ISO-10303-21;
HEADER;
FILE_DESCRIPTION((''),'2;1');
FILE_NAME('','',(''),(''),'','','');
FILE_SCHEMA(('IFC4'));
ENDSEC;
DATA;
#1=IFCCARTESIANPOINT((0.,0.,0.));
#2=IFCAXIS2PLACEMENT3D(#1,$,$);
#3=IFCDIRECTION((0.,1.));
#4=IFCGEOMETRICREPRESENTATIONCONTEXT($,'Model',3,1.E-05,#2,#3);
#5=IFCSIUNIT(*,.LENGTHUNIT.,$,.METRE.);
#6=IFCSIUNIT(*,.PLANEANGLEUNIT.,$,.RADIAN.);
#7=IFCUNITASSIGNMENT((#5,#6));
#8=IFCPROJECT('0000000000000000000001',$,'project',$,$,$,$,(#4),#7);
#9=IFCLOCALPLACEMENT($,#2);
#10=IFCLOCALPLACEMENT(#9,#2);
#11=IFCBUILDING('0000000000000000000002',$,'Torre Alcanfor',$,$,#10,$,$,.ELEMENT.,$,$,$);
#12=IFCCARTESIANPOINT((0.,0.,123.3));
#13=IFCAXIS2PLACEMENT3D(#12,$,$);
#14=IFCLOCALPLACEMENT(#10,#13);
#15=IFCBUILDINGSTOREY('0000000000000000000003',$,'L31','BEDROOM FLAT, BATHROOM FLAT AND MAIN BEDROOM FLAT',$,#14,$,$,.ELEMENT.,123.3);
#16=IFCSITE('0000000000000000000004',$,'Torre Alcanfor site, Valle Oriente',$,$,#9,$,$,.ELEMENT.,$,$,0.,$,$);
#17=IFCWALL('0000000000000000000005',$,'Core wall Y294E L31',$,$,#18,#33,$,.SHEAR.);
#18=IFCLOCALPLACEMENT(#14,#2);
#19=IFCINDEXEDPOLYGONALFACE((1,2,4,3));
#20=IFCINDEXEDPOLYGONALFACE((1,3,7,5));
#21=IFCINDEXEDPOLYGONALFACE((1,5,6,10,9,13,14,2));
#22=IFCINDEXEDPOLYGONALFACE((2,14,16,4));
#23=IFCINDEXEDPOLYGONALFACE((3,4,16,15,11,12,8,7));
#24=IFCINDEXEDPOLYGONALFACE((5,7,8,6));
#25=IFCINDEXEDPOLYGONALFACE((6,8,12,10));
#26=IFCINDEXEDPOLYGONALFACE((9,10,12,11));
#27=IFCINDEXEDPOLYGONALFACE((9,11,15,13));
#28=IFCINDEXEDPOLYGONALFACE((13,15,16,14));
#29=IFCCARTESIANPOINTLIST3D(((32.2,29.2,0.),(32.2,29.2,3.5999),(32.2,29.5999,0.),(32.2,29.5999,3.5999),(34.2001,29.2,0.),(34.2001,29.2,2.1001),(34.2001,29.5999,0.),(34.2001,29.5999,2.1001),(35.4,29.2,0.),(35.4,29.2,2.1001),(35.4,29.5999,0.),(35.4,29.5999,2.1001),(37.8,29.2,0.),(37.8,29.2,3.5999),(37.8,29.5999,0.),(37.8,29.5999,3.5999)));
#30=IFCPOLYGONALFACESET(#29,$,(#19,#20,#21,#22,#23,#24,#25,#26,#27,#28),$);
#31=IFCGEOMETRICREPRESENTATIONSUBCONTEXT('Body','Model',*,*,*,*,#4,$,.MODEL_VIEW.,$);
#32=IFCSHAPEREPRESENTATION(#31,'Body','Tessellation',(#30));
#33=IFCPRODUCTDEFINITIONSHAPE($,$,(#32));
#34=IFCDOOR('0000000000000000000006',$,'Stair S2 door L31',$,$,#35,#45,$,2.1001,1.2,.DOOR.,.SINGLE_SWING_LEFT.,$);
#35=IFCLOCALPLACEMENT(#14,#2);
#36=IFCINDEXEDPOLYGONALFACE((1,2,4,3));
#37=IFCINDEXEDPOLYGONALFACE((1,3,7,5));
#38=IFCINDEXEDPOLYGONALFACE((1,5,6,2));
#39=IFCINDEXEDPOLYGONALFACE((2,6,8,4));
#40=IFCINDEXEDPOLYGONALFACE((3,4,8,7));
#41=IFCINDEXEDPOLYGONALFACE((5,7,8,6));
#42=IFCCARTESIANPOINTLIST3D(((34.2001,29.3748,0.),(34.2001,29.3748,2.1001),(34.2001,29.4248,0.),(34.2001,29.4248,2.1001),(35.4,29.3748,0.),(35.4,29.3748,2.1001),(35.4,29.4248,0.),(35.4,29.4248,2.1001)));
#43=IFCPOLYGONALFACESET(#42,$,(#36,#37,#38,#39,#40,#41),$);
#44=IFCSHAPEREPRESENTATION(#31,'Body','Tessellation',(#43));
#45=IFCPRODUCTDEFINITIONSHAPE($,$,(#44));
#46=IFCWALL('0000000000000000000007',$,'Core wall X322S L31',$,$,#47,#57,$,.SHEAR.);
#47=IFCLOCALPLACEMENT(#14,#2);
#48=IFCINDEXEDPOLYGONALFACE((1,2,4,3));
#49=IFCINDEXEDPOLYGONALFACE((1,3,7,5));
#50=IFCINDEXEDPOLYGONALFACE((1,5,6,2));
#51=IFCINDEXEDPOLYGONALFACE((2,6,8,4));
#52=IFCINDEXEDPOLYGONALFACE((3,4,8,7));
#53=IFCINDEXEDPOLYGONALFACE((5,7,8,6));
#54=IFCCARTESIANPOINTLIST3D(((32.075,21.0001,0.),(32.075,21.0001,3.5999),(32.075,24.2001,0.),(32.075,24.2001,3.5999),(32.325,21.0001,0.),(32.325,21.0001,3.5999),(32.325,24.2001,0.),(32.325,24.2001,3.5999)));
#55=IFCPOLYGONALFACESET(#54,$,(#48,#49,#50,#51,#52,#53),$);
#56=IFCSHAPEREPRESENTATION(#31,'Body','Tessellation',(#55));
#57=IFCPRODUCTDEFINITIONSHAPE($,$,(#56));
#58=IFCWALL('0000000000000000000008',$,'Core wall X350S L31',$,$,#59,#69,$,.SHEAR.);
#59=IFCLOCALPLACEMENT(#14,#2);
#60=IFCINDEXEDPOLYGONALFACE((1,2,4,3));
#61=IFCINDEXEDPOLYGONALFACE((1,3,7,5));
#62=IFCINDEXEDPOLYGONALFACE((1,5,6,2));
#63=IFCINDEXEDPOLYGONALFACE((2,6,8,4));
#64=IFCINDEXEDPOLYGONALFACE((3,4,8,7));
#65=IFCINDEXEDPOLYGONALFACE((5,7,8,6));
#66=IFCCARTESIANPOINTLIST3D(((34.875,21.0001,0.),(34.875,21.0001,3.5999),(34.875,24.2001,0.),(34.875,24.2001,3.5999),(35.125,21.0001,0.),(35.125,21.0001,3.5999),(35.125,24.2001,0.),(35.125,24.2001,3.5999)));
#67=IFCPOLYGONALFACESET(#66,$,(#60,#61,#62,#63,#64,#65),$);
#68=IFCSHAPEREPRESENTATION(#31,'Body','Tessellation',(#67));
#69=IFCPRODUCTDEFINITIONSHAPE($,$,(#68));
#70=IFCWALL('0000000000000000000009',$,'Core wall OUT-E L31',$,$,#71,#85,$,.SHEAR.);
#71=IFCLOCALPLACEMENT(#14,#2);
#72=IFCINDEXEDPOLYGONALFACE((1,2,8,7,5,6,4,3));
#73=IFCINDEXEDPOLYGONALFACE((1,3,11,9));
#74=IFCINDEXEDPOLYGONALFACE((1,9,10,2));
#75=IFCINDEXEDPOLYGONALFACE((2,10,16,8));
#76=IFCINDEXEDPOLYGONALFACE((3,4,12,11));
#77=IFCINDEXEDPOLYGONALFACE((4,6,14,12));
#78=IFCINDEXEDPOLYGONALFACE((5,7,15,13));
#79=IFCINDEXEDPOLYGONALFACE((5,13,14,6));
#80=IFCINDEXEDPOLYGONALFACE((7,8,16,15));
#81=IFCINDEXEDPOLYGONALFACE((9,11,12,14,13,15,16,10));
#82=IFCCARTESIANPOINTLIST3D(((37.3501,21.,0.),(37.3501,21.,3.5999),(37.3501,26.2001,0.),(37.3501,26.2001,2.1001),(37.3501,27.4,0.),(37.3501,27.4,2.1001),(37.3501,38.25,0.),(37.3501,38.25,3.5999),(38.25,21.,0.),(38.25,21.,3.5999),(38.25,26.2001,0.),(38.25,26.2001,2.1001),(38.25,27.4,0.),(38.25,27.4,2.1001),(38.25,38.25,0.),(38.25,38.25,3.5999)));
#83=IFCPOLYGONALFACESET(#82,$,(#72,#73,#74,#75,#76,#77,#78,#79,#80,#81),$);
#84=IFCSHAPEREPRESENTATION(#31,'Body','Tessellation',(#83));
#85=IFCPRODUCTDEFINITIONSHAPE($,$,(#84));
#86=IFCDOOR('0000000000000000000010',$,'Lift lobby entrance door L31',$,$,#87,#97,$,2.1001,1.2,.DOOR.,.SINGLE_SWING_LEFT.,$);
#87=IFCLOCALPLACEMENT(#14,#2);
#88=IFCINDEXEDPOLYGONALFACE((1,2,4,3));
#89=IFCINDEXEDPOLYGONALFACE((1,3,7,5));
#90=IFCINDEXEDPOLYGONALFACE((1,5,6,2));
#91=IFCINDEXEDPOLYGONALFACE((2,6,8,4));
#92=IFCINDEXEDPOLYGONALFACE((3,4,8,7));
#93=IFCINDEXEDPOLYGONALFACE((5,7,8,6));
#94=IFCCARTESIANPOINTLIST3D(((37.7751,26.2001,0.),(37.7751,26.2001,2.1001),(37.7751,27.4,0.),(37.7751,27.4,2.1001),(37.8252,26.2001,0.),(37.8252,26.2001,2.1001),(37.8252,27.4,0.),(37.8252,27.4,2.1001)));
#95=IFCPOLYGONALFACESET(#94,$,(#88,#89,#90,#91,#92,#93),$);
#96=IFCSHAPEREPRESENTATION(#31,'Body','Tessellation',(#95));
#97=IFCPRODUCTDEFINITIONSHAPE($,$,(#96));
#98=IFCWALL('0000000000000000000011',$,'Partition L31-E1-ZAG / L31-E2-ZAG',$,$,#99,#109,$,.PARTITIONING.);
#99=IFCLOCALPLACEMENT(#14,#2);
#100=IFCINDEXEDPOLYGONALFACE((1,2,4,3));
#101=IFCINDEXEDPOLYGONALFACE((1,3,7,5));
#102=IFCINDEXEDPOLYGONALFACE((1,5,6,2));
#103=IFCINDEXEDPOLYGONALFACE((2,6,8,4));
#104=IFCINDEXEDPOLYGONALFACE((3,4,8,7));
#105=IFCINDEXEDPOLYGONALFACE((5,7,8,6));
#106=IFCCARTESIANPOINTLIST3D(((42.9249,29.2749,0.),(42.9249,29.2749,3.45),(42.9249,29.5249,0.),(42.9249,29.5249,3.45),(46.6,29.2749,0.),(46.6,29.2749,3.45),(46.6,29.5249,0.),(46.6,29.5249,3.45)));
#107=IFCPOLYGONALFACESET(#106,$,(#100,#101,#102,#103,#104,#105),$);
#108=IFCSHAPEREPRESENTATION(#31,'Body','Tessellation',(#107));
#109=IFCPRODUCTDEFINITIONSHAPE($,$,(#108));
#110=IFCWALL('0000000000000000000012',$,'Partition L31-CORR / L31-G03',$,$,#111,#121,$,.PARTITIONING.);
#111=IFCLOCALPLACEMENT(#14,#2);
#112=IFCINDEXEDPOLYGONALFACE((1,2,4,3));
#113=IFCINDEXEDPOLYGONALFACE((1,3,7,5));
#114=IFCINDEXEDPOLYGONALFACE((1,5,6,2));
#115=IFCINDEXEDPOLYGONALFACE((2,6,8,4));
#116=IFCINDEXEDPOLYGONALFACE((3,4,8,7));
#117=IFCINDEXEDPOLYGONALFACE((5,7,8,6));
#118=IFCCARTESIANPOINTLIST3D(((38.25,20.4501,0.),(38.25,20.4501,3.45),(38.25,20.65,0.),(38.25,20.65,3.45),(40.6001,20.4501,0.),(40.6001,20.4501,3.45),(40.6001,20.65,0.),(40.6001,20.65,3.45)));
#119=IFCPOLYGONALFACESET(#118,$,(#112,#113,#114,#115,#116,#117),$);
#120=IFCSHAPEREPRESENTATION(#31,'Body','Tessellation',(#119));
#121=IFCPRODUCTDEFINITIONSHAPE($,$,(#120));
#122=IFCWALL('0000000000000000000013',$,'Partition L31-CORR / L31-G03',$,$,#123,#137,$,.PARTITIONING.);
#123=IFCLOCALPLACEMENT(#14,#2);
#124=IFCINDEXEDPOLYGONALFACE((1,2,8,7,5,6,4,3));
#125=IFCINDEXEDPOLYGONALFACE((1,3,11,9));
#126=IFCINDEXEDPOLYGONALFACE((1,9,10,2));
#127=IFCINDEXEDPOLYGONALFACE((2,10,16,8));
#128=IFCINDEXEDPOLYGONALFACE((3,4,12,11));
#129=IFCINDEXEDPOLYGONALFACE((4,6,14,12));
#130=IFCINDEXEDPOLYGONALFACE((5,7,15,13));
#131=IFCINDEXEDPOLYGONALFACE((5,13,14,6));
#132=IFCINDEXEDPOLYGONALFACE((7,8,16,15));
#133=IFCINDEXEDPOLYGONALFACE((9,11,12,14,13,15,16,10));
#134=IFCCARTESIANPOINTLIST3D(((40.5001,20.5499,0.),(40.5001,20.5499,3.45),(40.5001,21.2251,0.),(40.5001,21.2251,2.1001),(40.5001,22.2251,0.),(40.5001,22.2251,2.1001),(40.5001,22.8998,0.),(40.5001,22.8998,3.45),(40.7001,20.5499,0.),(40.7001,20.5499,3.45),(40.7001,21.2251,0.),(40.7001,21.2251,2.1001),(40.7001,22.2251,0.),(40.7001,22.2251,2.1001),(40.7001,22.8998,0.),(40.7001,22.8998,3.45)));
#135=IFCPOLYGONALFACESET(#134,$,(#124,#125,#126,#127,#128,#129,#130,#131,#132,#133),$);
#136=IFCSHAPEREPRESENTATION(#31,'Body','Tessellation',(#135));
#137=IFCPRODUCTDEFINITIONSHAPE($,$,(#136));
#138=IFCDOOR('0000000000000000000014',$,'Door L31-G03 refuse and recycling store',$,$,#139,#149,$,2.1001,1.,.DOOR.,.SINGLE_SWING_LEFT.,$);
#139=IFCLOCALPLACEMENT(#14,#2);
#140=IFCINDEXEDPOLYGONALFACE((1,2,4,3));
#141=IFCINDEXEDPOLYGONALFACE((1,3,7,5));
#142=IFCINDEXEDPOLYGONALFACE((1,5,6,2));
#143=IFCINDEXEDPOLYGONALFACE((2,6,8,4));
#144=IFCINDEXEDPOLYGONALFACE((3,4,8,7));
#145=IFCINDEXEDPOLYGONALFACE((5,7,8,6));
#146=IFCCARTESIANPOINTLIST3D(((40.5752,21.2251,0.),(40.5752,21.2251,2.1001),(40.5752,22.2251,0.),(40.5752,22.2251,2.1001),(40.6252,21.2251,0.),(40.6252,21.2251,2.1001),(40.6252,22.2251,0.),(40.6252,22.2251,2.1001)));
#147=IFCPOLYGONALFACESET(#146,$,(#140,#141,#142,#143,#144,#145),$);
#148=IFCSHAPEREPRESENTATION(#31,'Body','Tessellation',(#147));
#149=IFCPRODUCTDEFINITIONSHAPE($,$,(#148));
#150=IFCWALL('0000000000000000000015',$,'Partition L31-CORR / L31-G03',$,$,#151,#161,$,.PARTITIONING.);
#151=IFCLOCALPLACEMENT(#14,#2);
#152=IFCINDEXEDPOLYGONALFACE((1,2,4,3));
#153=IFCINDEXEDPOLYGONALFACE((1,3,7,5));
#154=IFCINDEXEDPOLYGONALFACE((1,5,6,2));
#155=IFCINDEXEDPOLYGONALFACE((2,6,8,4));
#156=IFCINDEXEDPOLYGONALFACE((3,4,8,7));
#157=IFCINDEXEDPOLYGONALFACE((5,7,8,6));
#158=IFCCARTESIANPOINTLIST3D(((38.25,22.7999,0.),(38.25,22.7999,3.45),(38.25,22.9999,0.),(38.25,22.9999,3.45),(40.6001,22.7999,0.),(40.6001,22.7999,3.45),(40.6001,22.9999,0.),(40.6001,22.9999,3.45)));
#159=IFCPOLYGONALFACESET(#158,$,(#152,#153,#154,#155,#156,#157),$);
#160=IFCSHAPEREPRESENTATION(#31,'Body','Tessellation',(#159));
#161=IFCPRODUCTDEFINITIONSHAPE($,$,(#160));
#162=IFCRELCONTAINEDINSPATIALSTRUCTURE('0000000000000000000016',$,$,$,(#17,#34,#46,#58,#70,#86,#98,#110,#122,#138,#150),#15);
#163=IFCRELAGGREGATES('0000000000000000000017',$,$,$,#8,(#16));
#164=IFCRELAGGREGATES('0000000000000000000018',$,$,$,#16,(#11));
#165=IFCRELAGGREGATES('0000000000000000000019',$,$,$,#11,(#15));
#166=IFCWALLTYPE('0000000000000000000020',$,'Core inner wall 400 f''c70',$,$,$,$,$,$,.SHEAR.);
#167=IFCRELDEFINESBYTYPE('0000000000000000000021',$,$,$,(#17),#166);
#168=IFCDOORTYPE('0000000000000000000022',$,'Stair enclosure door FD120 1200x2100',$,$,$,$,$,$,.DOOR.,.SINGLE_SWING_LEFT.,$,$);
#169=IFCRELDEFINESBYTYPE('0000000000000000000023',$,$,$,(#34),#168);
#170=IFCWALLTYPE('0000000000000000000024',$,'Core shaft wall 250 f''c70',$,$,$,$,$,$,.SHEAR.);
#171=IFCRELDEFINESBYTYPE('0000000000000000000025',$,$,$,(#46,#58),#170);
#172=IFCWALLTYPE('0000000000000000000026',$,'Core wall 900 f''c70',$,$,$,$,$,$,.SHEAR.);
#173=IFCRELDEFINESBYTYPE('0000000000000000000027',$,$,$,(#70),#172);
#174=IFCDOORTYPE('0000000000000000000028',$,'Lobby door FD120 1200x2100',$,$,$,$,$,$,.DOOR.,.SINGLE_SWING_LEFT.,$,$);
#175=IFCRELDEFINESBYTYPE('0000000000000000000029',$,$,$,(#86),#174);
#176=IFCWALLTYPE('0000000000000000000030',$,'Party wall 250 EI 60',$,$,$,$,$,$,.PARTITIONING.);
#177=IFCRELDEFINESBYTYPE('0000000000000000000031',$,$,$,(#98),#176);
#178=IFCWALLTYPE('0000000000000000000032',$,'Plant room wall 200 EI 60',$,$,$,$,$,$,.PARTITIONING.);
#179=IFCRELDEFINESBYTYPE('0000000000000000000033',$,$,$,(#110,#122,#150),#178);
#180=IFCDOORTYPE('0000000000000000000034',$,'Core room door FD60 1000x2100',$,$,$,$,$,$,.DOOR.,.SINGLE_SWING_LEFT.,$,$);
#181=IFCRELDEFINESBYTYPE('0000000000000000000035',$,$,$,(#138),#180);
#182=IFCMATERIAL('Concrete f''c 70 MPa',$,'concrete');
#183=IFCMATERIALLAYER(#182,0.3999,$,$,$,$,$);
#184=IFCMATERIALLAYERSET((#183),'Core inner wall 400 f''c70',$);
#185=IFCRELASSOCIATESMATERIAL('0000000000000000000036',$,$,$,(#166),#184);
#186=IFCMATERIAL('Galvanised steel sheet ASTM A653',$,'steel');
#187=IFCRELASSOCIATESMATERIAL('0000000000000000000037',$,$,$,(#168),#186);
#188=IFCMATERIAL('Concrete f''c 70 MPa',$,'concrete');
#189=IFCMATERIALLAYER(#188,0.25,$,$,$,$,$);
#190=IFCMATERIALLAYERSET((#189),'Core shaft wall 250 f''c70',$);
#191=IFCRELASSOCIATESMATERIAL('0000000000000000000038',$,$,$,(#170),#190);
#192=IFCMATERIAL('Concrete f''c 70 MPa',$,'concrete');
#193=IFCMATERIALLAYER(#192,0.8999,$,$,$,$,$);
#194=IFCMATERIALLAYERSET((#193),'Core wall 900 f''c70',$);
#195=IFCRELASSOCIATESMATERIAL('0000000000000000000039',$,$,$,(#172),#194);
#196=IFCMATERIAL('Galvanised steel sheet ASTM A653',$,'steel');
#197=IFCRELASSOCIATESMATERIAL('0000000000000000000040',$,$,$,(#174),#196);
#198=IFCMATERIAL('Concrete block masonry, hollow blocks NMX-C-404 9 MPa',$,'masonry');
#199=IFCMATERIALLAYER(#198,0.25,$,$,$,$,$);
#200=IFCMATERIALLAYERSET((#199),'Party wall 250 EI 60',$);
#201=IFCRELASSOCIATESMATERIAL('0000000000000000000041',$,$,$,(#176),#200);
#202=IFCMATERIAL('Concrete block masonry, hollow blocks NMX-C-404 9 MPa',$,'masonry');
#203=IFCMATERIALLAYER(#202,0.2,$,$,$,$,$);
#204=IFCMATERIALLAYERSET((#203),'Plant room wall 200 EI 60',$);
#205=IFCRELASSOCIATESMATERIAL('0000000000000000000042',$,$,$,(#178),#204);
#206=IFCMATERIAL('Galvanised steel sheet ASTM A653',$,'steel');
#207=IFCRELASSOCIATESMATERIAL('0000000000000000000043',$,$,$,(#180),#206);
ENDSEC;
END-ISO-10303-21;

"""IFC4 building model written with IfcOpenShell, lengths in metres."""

from ifc_helpers import new_model, si_unit, direction, frame, frame_2d, origin, place, context, subcontext, project, spatial, rectangle, extrude, material, layer, layer_set, type_object, element, fill, save


model = new_model("IFC4")

# Units and contexts
model_context = context("Model", 3, precision=1e-05, world=origin(), true_north=direction((0.0, 1.0)))
body_context = subcontext(model_context, "Body", "Model", "MODEL_VIEW")
ifc_project = project(units=[si_unit("LENGTHUNIT", "METRE"), si_unit("PLANEANGLEUNIT", "RADIAN")], contexts=[model_context])

# Site, building, storey
site_placement = place(None, origin())
site = spatial("IfcSite", under=ifc_project, at=site_placement, Name="Torre Alcanfor site, Valle Oriente", CompositionType="ELEMENT", RefElevation=0.0)
building_placement = place(site_placement, origin())
building = spatial("IfcBuilding", under=site, at=building_placement, Name="Torre Alcanfor", CompositionType="ELEMENT")
storey_placement = place(building_placement, frame((0.0, 0.0, 123.3)))
storey = spatial("IfcBuildingStorey", under=building, at=storey_placement, Name="L31", Description="BEDROOM FLAT, BATHROOM FLAT AND MAIN BEDROOM FLAT", CompositionType="ELEMENT", Elevation=123.3)

# Shared definitions
ifc_material_1 = material(Name="Concrete f'c 70 MPa", Category="concrete")
ifc_layer_1 = layer(ifc_material_1, 0.3999)
ifc_layer_set_1 = layer_set([ifc_layer_1], Name="Core inner wall 400 f'c70")
wall_type_1 = type_object("IfcWallType", Name="Core inner wall 400 f'c70", PredefinedType="SHEAR", material=ifc_layer_set_1)

# Wall, opening, door
wall_1_placement = place(storey_placement, frame((32.2, 29.3999, 0.0), z_axis=(0.0, 0.0, 1.0), x_axis=(1.0, 0.0, 0.0)))
wall_1 = element("IfcWall", 1, at=wall_1_placement, inside=storey, type_object=wall_type_1, Name="Core wall Y294E L31", PredefinedType="SHEAR", context=body_context, shape_type="SweptSolid", body=[
    extrude(rectangle(XDim=5.6001, YDim=0.3999, at=frame_2d((2.8, 0.0))), origin(), (0.0, 0.0, 1.0), 3.5999),
])
opening_1_placement = place(wall_1_placement, frame((2.0, 0.0, 0.0)))
opening_1 = element("IfcOpeningElement", 2, at=opening_1_placement, cuts=wall_1, PredefinedType="OPENING", context=body_context, shape_type="SweptSolid", body=[
    extrude(rectangle(XDim=1.2, YDim=2.1001, at=frame_2d((0.6001, 1.05))), frame((0.0, 0.21, 0.0), z_axis=(0.0, -1.0, 0.0), x_axis=(1.0, 0.0, 0.0)), (0.0, 0.0, 1.0), 0.4199),
])
ifc_material_2 = material(Name="Galvanised steel sheet ASTM A653", Category="steel")
door_type_1 = type_object("IfcDoorType", Name="Stair enclosure door FD120 1200x2100", OperationType="SINGLE_SWING_LEFT", PredefinedType="DOOR", material=ifc_material_2)
door_1_placement = place(opening_1_placement, origin())
door_1 = element("IfcDoor", 3, at=door_1_placement, inside=storey, type_object=door_type_1, Name="Stair S2 door L31", OperationType="SINGLE_SWING_LEFT", OverallHeight=2.1001, OverallWidth=1.2, PredefinedType="DOOR", context=body_context, shape_type="SweptSolid", body=[
    extrude(rectangle(XDim=1.2, YDim=2.1001, at=frame_2d((0.6001, 1.05))), frame((0.0, 0.0249, 0.0), z_axis=(0.0, -1.0, 0.0), x_axis=(1.0, 0.0, 0.0)), (0.0, 0.0, 1.0), 0.05),
])
fill(opening_1, door_1)

# Walls
ifc_material_3 = material(Name="Concrete f'c 70 MPa", Category="concrete")
ifc_layer_2 = layer(ifc_material_3, 0.25)
ifc_layer_set_2 = layer_set([ifc_layer_2], Name="Core shaft wall 250 f'c70")
wall_type_2 = type_object("IfcWallType", Name="Core shaft wall 250 f'c70", PredefinedType="SHEAR", material=ifc_layer_set_2)
for number, where, z_axis, x_axis, name in (
    (4, (32.2, 21.0, 0.0), (0.0, 0.0, 1.0), (0.0, 1.0, 0.0), "Core wall X322S L31"),
    (5, (35.0, 21.0, 0.0), (0.0, 0.0, 1.0), (0.0, 1.0, 0.0), "Core wall X350S L31"),
):
    element("IfcWall", number, at=place(storey_placement, frame(where, z_axis=z_axis, x_axis=x_axis)), inside=storey, type_object=wall_type_2, Name=name, PredefinedType="SHEAR", context=body_context, shape_type="SweptSolid", body=[
        extrude(rectangle(XDim=3.2, YDim=0.25, at=frame_2d((1.6001, 0.0))), origin(), (0.0, 0.0, 1.0), 3.5999),
    ])

# Wall, opening, door
ifc_material_4 = material(Name="Concrete f'c 70 MPa", Category="concrete")
ifc_layer_3 = layer(ifc_material_4, 0.8999)
ifc_layer_set_3 = layer_set([ifc_layer_3], Name="Core wall 900 f'c70")
wall_type_3 = type_object("IfcWallType", Name="Core wall 900 f'c70", PredefinedType="SHEAR", material=ifc_layer_set_3)
wall_2_placement = place(storey_placement, frame((37.8, 21.0, 0.0), z_axis=(0.0, 0.0, 1.0), x_axis=(0.0, 1.0, 0.0)))
wall_2 = element("IfcWall", 6, at=wall_2_placement, inside=storey, type_object=wall_type_3, Name="Core wall OUT-E L31", PredefinedType="SHEAR", context=body_context, shape_type="SweptSolid", body=[
    extrude(rectangle(XDim=17.25, YDim=0.8999, at=frame_2d((8.625, 0.0))), origin(), (0.0, 0.0, 1.0), 3.5999),
])
opening_2_placement = place(wall_2_placement, frame((5.2, 0.0, 0.0)))
opening_2 = element("IfcOpeningElement", 7, at=opening_2_placement, cuts=wall_2, PredefinedType="OPENING", context=body_context, shape_type="SweptSolid", body=[
    extrude(rectangle(XDim=1.2, YDim=2.1001, at=frame_2d((0.6001, 1.05))), frame((0.0, 0.46, 0.0), z_axis=(0.0, -1.0, 0.0), x_axis=(1.0, 0.0, 0.0)), (0.0, 0.0, 1.0), 0.9199),
])
ifc_material_5 = material(Name="Galvanised steel sheet ASTM A653", Category="steel")
door_type_2 = type_object("IfcDoorType", Name="Lobby door FD120 1200x2100", OperationType="SINGLE_SWING_LEFT", PredefinedType="DOOR", material=ifc_material_5)
door_2_placement = place(opening_2_placement, origin())
door_2 = element("IfcDoor", 8, at=door_2_placement, inside=storey, type_object=door_type_2, Name="Lift lobby entrance door L31", OperationType="SINGLE_SWING_LEFT", OverallHeight=2.1001, OverallWidth=1.2, PredefinedType="DOOR", context=body_context, shape_type="SweptSolid", body=[
    extrude(rectangle(XDim=1.2, YDim=2.1001, at=frame_2d((0.6001, 1.05))), frame((0.0, 0.0249, 0.0), z_axis=(0.0, -1.0, 0.0), x_axis=(1.0, 0.0, 0.0)), (0.0, 0.0, 1.0), 0.05),
])
fill(opening_2, door_2)

# Walls
ifc_material_6 = material(Name="Concrete block masonry, hollow blocks NMX-C-404 9 MPa", Category="masonry")
ifc_layer_4 = layer(ifc_material_6, 0.25)
ifc_layer_set_4 = layer_set([ifc_layer_4], Name="Party wall 250 EI 60")
wall_type_4 = type_object("IfcWallType", Name="Party wall 250 EI 60", PredefinedType="PARTITIONING", material=ifc_layer_set_4)
wall_3_placement = place(storey_placement, frame((42.925, 29.3999, 0.0), z_axis=(0.0, 0.0, 1.0), x_axis=(1.0, 0.0, 0.0)))
element("IfcWall", 9, at=wall_3_placement, inside=storey, type_object=wall_type_4, Name="Partition L31-E1-ZAG / L31-E2-ZAG", PredefinedType="PARTITIONING", context=body_context, shape_type="SweptSolid", body=[
    extrude(rectangle(XDim=3.675, YDim=0.25, at=frame_2d((1.8374, 0.0))), origin(), (0.0, 0.0, 1.0), 3.45),
])
ifc_material_7 = material(Name="Concrete block masonry, hollow blocks NMX-C-404 9 MPa", Category="masonry")
ifc_layer_5 = layer(ifc_material_7, 0.2)
ifc_layer_set_5 = layer_set([ifc_layer_5], Name="Plant room wall 200 EI 60")
wall_type_5 = type_object("IfcWallType", Name="Plant room wall 200 EI 60", PredefinedType="PARTITIONING", material=ifc_layer_set_5)
wall_4_placement = place(storey_placement, frame((38.25, 20.55, 0.0), z_axis=(0.0, 0.0, 1.0), x_axis=(1.0, 0.0, 0.0)))
element("IfcWall", 10, at=wall_4_placement, inside=storey, type_object=wall_type_5, Name="Partition L31-CORR / L31-G03", PredefinedType="PARTITIONING", context=body_context, shape_type="SweptSolid", body=[
    extrude(rectangle(XDim=2.3501, YDim=0.2, at=frame_2d((1.175, 0.0))), origin(), (0.0, 0.0, 1.0), 3.45),
])

# Wall, opening, door
wall_5_placement = place(storey_placement, frame((40.6001, 20.55, 0.0), z_axis=(0.0, 0.0, 1.0), x_axis=(0.0, 1.0, 0.0)))
wall_5 = element("IfcWall", 11, at=wall_5_placement, inside=storey, type_object=wall_type_5, Name="Partition L31-CORR / L31-G03", PredefinedType="PARTITIONING", context=body_context, shape_type="SweptSolid", body=[
    extrude(rectangle(XDim=2.3499, YDim=0.2, at=frame_2d((1.1748, 0.0))), origin(), (0.0, 0.0, 1.0), 3.45),
])
opening_3_placement = place(wall_5_placement, frame((0.675, 0.0, 0.0)))
opening_3 = element("IfcOpeningElement", 12, at=opening_3_placement, cuts=wall_5, PredefinedType="OPENING", context=body_context, shape_type="SweptSolid", body=[
    extrude(rectangle(XDim=1.0, YDim=2.1001, at=frame_2d((0.5, 1.05))), frame((0.0, 0.1099, 0.0), z_axis=(0.0, -1.0, 0.0), x_axis=(1.0, 0.0, 0.0)), (0.0, 0.0, 1.0), 0.22),
])
ifc_material_8 = material(Name="Galvanised steel sheet ASTM A653", Category="steel")
door_type_3 = type_object("IfcDoorType", Name="Core room door FD60 1000x2100", OperationType="SINGLE_SWING_LEFT", PredefinedType="DOOR", material=ifc_material_8)
door_3_placement = place(opening_3_placement, origin())
door_3 = element("IfcDoor", 13, at=door_3_placement, inside=storey, type_object=door_type_3, Name="Door L31-G03 refuse and recycling store", OperationType="SINGLE_SWING_LEFT", OverallHeight=2.1001, OverallWidth=1.0, PredefinedType="DOOR", context=body_context, shape_type="SweptSolid", body=[
    extrude(rectangle(XDim=1.0, YDim=2.1001, at=frame_2d((0.5, 1.05))), frame((0.0, 0.0249, 0.0), z_axis=(0.0, -1.0, 0.0), x_axis=(1.0, 0.0, 0.0)), (0.0, 0.0, 1.0), 0.05),
])
fill(opening_3, door_3)

# Wall
wall_6_placement = place(storey_placement, frame((40.6001, 22.8999, 0.0), z_axis=(0.0, 0.0, 1.0), x_axis=(-1.0, 0.0, 0.0)))
element("IfcWall", 14, at=wall_6_placement, inside=storey, type_object=wall_type_5, Name="Partition L31-CORR / L31-G03", PredefinedType="PARTITIONING", context=body_context, shape_type="SweptSolid", body=[
    extrude(rectangle(XDim=2.3501, YDim=0.2, at=frame_2d((1.175, 0.0))), origin(), (0.0, 0.0, 1.0), 3.45),
])

save(model, "model.ifc")
